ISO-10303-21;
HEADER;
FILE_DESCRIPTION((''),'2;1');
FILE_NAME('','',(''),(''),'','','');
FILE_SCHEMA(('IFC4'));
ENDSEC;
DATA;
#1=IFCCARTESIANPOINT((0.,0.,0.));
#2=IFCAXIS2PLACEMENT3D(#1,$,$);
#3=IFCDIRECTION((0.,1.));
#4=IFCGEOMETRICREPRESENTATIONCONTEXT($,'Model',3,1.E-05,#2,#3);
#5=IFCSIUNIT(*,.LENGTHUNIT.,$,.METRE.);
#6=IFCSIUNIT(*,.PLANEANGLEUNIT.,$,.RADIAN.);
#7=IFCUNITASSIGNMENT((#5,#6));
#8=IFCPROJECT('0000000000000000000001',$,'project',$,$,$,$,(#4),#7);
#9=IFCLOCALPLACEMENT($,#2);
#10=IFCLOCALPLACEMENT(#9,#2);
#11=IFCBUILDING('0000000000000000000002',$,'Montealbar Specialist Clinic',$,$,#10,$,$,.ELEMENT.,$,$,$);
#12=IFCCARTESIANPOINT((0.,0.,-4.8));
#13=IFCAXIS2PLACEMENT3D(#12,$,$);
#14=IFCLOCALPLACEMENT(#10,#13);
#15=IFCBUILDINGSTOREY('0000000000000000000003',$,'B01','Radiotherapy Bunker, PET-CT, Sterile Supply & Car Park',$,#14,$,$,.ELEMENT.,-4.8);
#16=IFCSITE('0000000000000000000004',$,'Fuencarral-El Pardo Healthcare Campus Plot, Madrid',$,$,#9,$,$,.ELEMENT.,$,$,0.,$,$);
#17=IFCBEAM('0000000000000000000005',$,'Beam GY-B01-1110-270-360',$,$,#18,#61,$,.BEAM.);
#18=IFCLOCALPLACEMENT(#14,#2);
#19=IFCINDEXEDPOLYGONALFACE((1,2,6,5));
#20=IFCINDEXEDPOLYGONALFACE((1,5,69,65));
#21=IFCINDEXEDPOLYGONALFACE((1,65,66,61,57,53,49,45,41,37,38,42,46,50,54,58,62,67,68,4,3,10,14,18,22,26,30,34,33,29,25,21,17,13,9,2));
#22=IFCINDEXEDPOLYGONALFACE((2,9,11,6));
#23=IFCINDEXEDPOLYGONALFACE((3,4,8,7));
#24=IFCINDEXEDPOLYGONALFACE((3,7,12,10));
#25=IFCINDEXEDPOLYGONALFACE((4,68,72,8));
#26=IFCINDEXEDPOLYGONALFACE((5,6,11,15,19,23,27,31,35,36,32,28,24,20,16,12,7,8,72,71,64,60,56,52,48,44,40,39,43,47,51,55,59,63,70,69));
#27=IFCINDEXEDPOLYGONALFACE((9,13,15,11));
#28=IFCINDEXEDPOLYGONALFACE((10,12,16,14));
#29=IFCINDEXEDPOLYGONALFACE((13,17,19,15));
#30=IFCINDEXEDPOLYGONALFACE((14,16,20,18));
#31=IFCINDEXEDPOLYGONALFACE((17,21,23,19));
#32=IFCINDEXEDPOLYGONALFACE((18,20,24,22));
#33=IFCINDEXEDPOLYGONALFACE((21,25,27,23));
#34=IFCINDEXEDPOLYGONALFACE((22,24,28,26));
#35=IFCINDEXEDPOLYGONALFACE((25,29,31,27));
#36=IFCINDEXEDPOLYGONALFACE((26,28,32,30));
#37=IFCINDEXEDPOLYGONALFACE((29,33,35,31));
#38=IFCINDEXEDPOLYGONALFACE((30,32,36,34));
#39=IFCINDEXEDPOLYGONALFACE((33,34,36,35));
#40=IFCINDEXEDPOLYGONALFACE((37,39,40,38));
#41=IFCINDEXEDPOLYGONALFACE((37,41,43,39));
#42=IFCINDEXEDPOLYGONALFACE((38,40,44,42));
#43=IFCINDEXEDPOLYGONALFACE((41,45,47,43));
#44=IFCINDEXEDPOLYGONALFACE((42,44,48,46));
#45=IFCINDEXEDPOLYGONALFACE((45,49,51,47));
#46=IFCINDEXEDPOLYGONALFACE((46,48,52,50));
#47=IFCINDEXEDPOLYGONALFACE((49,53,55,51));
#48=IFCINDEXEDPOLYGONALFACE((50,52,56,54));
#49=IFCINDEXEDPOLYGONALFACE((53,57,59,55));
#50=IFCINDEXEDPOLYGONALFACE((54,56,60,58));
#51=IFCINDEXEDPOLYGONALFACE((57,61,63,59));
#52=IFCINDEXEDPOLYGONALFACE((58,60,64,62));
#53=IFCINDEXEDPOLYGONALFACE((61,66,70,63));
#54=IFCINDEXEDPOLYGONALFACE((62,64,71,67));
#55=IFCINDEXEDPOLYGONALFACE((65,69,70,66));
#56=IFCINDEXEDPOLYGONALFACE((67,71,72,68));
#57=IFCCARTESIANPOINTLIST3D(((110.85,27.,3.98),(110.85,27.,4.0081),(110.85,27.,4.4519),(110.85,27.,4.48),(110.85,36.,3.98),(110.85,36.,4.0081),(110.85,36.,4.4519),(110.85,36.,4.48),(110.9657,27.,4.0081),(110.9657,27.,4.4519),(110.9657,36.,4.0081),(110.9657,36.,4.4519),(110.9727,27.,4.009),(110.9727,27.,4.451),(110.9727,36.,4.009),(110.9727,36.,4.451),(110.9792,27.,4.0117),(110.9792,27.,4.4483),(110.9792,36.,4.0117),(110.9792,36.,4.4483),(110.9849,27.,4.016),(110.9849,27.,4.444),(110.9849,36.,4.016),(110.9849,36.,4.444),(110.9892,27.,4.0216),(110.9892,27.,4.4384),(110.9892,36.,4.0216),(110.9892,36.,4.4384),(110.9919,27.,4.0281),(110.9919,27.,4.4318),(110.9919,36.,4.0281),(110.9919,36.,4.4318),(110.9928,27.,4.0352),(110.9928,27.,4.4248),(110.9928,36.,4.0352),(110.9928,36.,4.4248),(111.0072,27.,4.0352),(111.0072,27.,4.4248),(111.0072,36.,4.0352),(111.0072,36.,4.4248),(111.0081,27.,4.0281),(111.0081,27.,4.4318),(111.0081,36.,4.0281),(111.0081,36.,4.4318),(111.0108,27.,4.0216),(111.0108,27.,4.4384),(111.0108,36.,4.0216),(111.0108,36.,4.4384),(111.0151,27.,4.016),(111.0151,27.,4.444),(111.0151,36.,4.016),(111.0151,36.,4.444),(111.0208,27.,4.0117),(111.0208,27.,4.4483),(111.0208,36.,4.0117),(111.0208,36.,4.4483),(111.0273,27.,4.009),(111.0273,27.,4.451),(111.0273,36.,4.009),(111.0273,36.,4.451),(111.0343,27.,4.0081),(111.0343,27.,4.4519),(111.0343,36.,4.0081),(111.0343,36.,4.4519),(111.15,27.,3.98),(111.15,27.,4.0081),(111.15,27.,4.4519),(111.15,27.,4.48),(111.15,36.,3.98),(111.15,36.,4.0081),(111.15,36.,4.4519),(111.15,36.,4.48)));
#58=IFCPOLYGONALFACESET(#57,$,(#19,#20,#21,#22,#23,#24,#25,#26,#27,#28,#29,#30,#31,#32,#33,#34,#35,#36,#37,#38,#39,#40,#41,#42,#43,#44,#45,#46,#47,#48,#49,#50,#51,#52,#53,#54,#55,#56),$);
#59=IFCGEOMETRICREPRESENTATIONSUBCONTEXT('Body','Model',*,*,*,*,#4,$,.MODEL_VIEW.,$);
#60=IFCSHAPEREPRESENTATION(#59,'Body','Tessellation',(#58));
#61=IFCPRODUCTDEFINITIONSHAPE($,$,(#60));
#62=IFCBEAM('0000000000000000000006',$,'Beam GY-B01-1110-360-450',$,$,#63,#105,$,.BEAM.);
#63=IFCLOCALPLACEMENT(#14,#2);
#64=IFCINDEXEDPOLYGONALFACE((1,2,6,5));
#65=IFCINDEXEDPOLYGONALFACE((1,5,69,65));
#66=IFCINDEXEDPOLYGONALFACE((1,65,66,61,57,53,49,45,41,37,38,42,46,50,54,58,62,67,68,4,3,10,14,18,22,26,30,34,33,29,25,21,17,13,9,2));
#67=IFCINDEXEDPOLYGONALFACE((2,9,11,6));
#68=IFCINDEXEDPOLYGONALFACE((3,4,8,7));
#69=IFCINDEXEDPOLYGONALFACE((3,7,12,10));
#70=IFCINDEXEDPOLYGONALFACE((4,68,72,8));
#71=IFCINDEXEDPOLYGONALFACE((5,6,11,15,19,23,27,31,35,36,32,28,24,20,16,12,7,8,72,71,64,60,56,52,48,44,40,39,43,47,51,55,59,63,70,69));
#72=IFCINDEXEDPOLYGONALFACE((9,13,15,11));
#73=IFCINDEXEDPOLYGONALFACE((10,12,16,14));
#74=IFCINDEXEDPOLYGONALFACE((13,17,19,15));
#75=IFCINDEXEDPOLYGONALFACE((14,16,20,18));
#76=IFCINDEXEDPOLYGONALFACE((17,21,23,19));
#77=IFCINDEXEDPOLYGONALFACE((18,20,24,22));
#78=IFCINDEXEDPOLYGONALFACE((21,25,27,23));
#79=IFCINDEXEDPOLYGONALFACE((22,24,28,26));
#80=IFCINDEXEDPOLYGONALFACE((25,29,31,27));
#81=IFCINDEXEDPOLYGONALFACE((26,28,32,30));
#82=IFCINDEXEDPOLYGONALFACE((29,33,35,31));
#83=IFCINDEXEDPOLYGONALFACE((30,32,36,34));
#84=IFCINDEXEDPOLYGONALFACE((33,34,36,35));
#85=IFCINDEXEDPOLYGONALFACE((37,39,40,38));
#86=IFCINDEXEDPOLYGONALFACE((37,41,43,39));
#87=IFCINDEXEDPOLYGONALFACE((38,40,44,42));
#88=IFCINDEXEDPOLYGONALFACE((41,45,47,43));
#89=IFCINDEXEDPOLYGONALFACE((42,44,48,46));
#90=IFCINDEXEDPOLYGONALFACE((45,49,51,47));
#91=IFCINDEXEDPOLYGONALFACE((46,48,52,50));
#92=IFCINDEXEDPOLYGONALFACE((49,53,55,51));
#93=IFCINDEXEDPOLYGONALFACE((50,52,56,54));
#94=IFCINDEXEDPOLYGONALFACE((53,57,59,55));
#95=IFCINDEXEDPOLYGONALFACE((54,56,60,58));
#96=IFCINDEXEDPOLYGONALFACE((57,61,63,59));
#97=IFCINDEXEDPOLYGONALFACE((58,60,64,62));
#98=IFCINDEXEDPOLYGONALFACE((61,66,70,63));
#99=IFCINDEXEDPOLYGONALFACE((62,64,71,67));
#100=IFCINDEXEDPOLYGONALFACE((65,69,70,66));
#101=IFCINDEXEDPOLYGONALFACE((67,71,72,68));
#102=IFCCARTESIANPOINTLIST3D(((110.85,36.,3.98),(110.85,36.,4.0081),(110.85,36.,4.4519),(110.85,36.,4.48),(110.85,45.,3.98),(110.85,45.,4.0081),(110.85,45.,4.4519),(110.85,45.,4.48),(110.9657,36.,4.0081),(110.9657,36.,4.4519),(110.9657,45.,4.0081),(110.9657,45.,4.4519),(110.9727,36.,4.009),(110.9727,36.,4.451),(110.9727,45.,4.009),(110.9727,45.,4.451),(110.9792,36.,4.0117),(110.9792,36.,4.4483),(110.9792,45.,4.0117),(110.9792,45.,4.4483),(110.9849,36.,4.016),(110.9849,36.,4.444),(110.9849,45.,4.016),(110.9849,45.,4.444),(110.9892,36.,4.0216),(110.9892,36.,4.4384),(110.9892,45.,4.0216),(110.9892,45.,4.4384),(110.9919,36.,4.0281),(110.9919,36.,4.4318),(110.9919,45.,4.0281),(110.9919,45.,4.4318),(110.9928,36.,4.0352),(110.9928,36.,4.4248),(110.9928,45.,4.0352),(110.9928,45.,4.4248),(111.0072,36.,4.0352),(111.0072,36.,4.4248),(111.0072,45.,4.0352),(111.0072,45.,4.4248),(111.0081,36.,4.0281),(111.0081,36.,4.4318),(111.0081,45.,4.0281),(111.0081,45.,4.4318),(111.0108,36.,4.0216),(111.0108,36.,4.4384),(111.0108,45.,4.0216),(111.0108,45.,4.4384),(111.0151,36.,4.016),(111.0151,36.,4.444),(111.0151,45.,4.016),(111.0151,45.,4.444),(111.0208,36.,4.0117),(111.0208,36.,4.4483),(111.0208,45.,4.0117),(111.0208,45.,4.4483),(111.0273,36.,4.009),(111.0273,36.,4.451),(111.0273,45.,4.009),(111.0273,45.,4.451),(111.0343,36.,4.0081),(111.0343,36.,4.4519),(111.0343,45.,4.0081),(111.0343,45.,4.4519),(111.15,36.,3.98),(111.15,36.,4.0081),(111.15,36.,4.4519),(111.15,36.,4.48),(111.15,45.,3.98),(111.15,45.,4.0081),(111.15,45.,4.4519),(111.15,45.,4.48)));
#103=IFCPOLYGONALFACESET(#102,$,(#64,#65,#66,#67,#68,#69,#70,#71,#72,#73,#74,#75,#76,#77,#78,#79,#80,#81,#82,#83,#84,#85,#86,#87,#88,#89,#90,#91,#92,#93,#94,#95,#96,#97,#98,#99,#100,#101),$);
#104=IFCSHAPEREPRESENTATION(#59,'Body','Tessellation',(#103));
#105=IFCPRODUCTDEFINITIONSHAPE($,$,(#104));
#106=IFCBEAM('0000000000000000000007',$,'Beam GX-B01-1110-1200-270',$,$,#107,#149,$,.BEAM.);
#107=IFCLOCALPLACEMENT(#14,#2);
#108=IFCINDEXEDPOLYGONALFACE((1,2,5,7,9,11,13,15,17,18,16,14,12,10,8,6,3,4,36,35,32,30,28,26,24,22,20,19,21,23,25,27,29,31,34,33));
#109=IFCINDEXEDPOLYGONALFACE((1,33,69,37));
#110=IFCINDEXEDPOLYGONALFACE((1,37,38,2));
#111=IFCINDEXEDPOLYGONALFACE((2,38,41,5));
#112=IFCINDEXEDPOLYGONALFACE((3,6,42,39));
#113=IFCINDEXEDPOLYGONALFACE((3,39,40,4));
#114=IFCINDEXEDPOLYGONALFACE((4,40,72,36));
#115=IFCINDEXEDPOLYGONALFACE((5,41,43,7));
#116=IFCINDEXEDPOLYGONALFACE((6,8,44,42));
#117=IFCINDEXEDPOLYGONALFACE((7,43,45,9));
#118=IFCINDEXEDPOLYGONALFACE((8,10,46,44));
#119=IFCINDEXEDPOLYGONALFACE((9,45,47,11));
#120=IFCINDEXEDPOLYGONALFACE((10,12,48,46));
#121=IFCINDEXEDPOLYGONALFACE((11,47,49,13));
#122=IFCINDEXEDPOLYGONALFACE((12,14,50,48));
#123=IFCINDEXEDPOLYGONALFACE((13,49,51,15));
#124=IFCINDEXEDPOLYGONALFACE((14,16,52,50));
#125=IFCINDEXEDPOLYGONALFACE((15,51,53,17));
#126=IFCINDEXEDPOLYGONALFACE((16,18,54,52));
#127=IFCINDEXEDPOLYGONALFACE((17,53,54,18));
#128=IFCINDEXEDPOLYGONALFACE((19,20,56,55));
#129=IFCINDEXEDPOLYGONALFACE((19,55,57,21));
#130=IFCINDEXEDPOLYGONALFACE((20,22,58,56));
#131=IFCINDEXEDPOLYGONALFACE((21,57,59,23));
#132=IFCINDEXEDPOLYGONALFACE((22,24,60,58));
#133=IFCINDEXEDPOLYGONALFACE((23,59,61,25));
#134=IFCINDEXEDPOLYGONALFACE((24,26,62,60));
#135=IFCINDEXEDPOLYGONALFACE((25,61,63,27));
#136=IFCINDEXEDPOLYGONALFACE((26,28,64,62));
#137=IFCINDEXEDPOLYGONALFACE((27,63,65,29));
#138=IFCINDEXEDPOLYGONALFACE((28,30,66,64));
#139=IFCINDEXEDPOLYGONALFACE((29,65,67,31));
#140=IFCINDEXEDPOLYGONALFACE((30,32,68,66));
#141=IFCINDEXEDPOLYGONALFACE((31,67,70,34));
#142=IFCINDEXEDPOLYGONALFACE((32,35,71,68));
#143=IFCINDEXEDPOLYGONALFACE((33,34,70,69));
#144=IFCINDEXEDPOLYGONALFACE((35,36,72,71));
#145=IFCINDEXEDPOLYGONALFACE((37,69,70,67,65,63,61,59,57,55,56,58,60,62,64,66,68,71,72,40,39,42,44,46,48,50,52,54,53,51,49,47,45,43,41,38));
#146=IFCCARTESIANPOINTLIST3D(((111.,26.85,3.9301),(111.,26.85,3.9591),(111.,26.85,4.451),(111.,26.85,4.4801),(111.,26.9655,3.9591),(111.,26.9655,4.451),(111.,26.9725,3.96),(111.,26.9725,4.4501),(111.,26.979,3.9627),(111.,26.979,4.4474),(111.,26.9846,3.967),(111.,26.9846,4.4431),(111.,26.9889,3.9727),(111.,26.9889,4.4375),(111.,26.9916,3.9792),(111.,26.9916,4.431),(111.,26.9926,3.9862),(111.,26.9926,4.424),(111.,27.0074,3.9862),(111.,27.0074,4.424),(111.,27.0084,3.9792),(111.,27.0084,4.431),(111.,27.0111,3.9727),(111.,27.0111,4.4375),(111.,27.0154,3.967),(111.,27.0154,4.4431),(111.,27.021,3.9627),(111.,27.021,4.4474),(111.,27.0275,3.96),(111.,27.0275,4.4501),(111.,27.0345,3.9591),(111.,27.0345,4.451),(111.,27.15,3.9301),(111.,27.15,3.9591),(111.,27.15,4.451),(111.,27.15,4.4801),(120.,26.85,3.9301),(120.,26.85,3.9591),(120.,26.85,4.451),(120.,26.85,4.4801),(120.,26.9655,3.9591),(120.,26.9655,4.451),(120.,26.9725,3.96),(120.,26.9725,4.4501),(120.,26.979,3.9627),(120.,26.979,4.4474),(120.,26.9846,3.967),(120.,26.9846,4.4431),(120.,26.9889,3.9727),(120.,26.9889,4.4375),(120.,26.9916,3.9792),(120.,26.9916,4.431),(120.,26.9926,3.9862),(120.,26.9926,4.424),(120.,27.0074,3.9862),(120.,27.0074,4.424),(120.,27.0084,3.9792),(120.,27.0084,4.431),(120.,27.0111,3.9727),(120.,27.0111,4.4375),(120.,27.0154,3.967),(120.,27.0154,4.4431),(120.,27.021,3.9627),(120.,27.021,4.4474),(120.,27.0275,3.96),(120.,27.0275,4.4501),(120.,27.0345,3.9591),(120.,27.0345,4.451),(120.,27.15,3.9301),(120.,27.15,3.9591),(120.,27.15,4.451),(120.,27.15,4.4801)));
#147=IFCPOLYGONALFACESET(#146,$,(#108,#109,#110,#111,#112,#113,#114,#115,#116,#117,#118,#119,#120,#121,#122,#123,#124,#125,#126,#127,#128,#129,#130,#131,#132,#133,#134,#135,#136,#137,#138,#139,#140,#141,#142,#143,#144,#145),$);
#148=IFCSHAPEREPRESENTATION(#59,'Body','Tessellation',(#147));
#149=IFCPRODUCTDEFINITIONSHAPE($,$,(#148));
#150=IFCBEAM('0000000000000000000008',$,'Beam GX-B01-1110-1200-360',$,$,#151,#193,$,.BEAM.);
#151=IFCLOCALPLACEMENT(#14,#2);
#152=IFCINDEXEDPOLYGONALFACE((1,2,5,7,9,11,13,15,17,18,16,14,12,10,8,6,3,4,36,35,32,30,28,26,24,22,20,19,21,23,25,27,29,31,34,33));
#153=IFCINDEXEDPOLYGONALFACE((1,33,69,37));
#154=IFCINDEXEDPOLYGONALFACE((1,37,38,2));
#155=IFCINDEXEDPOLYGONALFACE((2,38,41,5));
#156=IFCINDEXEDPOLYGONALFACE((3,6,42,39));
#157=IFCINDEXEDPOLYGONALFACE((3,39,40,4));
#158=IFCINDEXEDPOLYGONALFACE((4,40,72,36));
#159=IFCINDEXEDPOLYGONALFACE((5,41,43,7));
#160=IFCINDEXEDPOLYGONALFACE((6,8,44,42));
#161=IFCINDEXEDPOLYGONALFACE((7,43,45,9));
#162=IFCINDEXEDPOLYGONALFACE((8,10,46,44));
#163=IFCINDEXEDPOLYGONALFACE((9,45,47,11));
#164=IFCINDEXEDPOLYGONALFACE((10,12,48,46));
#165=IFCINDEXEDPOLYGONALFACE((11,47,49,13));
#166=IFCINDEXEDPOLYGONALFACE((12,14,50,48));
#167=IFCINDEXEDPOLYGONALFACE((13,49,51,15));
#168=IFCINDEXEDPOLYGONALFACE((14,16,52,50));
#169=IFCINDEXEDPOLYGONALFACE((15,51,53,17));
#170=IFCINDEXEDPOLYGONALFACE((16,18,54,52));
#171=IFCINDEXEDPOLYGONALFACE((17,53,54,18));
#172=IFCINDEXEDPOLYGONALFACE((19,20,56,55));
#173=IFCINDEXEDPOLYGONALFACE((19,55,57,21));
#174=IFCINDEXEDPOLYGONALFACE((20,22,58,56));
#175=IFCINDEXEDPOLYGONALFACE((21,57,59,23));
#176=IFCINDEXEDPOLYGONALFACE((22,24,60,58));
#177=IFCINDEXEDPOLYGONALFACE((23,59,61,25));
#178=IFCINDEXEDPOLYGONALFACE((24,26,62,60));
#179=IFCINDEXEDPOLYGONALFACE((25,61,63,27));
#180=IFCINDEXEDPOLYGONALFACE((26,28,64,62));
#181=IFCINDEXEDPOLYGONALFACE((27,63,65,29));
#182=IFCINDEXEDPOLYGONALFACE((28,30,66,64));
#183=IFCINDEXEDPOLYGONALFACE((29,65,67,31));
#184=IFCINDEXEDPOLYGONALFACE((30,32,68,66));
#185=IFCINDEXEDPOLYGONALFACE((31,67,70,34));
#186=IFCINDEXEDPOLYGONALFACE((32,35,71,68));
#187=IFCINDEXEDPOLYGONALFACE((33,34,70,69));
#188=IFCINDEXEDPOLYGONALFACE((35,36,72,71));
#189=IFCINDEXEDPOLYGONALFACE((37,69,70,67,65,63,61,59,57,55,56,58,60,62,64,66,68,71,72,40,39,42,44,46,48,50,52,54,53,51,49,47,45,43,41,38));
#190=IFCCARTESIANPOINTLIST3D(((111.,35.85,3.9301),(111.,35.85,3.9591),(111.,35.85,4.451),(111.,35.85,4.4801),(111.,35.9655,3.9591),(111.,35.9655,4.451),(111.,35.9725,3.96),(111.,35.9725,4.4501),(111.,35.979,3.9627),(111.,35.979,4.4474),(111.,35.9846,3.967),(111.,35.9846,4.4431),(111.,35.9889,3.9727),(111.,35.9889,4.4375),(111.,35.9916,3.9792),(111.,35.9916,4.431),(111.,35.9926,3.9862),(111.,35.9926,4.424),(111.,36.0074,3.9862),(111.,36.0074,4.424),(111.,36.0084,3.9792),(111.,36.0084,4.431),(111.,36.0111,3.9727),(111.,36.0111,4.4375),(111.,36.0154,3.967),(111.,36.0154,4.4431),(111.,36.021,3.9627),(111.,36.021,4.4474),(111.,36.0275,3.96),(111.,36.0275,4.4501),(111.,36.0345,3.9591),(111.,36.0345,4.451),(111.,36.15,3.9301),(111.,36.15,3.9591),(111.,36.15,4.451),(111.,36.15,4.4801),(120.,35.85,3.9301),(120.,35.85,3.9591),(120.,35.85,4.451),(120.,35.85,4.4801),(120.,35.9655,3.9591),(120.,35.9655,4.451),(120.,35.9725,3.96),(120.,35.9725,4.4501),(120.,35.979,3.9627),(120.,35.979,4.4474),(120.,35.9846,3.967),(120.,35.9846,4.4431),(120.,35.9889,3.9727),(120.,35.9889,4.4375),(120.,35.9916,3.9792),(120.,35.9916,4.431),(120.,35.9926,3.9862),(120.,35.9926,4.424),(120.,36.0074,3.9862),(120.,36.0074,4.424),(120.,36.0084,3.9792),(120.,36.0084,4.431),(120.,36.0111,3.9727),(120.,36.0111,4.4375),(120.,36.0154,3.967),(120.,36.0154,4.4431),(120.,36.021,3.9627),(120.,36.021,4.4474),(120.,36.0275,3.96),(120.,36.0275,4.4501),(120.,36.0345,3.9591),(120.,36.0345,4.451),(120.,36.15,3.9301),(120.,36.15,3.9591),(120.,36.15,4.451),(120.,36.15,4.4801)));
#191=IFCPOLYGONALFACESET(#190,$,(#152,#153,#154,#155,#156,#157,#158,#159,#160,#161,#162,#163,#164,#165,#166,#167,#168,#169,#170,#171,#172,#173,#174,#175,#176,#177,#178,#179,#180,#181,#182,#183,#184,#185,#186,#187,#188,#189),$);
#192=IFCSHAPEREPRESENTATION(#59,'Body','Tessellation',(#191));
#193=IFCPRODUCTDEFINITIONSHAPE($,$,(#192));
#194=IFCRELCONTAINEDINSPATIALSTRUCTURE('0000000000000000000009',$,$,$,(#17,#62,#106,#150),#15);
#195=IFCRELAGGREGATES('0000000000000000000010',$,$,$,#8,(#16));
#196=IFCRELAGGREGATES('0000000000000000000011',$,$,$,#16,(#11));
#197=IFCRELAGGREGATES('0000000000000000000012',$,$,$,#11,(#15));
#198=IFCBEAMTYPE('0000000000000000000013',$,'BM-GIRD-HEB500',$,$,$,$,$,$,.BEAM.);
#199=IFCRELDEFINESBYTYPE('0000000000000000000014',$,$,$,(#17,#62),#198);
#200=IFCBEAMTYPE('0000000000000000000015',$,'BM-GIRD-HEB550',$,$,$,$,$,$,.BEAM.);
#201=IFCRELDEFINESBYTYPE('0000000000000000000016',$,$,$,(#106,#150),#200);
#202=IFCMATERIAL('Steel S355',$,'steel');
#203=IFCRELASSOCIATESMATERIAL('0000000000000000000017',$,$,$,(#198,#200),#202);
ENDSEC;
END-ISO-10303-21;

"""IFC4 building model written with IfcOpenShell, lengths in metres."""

from ifc_helpers import new_model, si_unit, direction, frame, origin, origin_2d, place, context, subcontext, project, spatial, i_section, extrude, material, material_profile, profile_set, type_object, element, save


model = new_model("IFC4")

# Units and contexts
model_context = context("Model", 3, precision=1e-05, world=origin(), true_north=direction((0.0, 1.0)))
body_context = subcontext(model_context, "Body", "Model", "MODEL_VIEW")
ifc_project = project(units=[si_unit("LENGTHUNIT", "METRE"), si_unit("PLANEANGLEUNIT", "RADIAN")], contexts=[model_context])

# Site, building, storey
site_placement = place(None, origin())
site = spatial("IfcSite", under=ifc_project, at=site_placement, Name="Fuencarral-El Pardo Healthcare Campus Plot, Madrid", CompositionType="ELEMENT", RefElevation=0.0)
building_placement = place(site_placement, origin())
building = spatial("IfcBuilding", under=site, at=building_placement, Name="Montealbar Specialist Clinic", CompositionType="ELEMENT")
storey_placement = place(building_placement, frame((0.0, 0.0, -4.8)))
storey = spatial("IfcBuildingStorey", under=building, at=storey_placement, Name="B01", Description="Radiotherapy Bunker, PET-CT, Sterile Supply & Car Park", CompositionType="ELEMENT", Elevation=-4.8)

# Shared definitions
ifc_material_1 = material(Name="Steel S355", Category="steel")

# Beams
ifc_material_profile_1 = material_profile(ifc_material_1, i_section(OverallWidth=0.3, OverallDepth=0.5, WebThickness=0.0144, FlangeThickness=0.0281, FilletRadius=0.0271, at=origin_2d()), Name="HEB 500", Category="steel")
ifc_profile_set_1 = profile_set([ifc_material_profile_1], Name="Steel S355")
beam_type_1 = type_object("IfcBeamType", Name="BM-GIRD-HEB500", PredefinedType="BEAM", material=ifc_profile_set_1)
for number, where, z_axis, x_axis, name in (
    (1, (111.0, 27.0, 4.23), (0.0, 1.0, 0.0), (-1.0, 0.0, 0.0), "Beam GY-B01-1110-270-360"),
    (2, (111.0, 36.0, 4.23), (0.0, 1.0, 0.0), (-1.0, 0.0, 0.0), "Beam GY-B01-1110-360-450"),
):
    element("IfcBeam", number, at=place(storey_placement, frame(where, z_axis=z_axis, x_axis=x_axis)), inside=storey, type_object=beam_type_1, Name=name, PredefinedType="BEAM", context=body_context, shape_type="SweptSolid", body=[
        extrude(i_section(OverallWidth=0.3, OverallDepth=0.5, WebThickness=0.0144, FlangeThickness=0.0281, FilletRadius=0.0271, at=origin_2d()), origin(), (0.0, 0.0, 1.0), 9.0),
    ])
ifc_material_profile_2 = material_profile(ifc_material_1, i_section(OverallWidth=0.3, OverallDepth=0.55, WebThickness=0.0149, FlangeThickness=0.0291, FilletRadius=0.0271, at=origin_2d()), Name="HEB 550", Category="steel")
ifc_profile_set_2 = profile_set([ifc_material_profile_2], Name="Steel S355")
beam_type_2 = type_object("IfcBeamType", Name="BM-GIRD-HEB550", PredefinedType="BEAM", material=ifc_profile_set_2)
for number, where, z_axis, x_axis, name in (
    (3, (111.0, 27.0, 4.2051), (1.0, 0.0, 0.0), (0.0, 1.0, 0.0), "Beam GX-B01-1110-1200-270"),
    (4, (111.0, 36.0, 4.2051), (1.0, 0.0, 0.0), (0.0, 1.0, 0.0), "Beam GX-B01-1110-1200-360"),
):
    element("IfcBeam", number, at=place(storey_placement, frame(where, z_axis=z_axis, x_axis=x_axis)), inside=storey, type_object=beam_type_2, Name=name, PredefinedType="BEAM", context=body_context, shape_type="SweptSolid", body=[
        extrude(i_section(OverallWidth=0.3, OverallDepth=0.55, WebThickness=0.0149, FlangeThickness=0.0291, FilletRadius=0.0271, at=origin_2d()), origin(), (0.0, 0.0, 1.0), 9.0),
    ])

save(model, "model.ifc")
